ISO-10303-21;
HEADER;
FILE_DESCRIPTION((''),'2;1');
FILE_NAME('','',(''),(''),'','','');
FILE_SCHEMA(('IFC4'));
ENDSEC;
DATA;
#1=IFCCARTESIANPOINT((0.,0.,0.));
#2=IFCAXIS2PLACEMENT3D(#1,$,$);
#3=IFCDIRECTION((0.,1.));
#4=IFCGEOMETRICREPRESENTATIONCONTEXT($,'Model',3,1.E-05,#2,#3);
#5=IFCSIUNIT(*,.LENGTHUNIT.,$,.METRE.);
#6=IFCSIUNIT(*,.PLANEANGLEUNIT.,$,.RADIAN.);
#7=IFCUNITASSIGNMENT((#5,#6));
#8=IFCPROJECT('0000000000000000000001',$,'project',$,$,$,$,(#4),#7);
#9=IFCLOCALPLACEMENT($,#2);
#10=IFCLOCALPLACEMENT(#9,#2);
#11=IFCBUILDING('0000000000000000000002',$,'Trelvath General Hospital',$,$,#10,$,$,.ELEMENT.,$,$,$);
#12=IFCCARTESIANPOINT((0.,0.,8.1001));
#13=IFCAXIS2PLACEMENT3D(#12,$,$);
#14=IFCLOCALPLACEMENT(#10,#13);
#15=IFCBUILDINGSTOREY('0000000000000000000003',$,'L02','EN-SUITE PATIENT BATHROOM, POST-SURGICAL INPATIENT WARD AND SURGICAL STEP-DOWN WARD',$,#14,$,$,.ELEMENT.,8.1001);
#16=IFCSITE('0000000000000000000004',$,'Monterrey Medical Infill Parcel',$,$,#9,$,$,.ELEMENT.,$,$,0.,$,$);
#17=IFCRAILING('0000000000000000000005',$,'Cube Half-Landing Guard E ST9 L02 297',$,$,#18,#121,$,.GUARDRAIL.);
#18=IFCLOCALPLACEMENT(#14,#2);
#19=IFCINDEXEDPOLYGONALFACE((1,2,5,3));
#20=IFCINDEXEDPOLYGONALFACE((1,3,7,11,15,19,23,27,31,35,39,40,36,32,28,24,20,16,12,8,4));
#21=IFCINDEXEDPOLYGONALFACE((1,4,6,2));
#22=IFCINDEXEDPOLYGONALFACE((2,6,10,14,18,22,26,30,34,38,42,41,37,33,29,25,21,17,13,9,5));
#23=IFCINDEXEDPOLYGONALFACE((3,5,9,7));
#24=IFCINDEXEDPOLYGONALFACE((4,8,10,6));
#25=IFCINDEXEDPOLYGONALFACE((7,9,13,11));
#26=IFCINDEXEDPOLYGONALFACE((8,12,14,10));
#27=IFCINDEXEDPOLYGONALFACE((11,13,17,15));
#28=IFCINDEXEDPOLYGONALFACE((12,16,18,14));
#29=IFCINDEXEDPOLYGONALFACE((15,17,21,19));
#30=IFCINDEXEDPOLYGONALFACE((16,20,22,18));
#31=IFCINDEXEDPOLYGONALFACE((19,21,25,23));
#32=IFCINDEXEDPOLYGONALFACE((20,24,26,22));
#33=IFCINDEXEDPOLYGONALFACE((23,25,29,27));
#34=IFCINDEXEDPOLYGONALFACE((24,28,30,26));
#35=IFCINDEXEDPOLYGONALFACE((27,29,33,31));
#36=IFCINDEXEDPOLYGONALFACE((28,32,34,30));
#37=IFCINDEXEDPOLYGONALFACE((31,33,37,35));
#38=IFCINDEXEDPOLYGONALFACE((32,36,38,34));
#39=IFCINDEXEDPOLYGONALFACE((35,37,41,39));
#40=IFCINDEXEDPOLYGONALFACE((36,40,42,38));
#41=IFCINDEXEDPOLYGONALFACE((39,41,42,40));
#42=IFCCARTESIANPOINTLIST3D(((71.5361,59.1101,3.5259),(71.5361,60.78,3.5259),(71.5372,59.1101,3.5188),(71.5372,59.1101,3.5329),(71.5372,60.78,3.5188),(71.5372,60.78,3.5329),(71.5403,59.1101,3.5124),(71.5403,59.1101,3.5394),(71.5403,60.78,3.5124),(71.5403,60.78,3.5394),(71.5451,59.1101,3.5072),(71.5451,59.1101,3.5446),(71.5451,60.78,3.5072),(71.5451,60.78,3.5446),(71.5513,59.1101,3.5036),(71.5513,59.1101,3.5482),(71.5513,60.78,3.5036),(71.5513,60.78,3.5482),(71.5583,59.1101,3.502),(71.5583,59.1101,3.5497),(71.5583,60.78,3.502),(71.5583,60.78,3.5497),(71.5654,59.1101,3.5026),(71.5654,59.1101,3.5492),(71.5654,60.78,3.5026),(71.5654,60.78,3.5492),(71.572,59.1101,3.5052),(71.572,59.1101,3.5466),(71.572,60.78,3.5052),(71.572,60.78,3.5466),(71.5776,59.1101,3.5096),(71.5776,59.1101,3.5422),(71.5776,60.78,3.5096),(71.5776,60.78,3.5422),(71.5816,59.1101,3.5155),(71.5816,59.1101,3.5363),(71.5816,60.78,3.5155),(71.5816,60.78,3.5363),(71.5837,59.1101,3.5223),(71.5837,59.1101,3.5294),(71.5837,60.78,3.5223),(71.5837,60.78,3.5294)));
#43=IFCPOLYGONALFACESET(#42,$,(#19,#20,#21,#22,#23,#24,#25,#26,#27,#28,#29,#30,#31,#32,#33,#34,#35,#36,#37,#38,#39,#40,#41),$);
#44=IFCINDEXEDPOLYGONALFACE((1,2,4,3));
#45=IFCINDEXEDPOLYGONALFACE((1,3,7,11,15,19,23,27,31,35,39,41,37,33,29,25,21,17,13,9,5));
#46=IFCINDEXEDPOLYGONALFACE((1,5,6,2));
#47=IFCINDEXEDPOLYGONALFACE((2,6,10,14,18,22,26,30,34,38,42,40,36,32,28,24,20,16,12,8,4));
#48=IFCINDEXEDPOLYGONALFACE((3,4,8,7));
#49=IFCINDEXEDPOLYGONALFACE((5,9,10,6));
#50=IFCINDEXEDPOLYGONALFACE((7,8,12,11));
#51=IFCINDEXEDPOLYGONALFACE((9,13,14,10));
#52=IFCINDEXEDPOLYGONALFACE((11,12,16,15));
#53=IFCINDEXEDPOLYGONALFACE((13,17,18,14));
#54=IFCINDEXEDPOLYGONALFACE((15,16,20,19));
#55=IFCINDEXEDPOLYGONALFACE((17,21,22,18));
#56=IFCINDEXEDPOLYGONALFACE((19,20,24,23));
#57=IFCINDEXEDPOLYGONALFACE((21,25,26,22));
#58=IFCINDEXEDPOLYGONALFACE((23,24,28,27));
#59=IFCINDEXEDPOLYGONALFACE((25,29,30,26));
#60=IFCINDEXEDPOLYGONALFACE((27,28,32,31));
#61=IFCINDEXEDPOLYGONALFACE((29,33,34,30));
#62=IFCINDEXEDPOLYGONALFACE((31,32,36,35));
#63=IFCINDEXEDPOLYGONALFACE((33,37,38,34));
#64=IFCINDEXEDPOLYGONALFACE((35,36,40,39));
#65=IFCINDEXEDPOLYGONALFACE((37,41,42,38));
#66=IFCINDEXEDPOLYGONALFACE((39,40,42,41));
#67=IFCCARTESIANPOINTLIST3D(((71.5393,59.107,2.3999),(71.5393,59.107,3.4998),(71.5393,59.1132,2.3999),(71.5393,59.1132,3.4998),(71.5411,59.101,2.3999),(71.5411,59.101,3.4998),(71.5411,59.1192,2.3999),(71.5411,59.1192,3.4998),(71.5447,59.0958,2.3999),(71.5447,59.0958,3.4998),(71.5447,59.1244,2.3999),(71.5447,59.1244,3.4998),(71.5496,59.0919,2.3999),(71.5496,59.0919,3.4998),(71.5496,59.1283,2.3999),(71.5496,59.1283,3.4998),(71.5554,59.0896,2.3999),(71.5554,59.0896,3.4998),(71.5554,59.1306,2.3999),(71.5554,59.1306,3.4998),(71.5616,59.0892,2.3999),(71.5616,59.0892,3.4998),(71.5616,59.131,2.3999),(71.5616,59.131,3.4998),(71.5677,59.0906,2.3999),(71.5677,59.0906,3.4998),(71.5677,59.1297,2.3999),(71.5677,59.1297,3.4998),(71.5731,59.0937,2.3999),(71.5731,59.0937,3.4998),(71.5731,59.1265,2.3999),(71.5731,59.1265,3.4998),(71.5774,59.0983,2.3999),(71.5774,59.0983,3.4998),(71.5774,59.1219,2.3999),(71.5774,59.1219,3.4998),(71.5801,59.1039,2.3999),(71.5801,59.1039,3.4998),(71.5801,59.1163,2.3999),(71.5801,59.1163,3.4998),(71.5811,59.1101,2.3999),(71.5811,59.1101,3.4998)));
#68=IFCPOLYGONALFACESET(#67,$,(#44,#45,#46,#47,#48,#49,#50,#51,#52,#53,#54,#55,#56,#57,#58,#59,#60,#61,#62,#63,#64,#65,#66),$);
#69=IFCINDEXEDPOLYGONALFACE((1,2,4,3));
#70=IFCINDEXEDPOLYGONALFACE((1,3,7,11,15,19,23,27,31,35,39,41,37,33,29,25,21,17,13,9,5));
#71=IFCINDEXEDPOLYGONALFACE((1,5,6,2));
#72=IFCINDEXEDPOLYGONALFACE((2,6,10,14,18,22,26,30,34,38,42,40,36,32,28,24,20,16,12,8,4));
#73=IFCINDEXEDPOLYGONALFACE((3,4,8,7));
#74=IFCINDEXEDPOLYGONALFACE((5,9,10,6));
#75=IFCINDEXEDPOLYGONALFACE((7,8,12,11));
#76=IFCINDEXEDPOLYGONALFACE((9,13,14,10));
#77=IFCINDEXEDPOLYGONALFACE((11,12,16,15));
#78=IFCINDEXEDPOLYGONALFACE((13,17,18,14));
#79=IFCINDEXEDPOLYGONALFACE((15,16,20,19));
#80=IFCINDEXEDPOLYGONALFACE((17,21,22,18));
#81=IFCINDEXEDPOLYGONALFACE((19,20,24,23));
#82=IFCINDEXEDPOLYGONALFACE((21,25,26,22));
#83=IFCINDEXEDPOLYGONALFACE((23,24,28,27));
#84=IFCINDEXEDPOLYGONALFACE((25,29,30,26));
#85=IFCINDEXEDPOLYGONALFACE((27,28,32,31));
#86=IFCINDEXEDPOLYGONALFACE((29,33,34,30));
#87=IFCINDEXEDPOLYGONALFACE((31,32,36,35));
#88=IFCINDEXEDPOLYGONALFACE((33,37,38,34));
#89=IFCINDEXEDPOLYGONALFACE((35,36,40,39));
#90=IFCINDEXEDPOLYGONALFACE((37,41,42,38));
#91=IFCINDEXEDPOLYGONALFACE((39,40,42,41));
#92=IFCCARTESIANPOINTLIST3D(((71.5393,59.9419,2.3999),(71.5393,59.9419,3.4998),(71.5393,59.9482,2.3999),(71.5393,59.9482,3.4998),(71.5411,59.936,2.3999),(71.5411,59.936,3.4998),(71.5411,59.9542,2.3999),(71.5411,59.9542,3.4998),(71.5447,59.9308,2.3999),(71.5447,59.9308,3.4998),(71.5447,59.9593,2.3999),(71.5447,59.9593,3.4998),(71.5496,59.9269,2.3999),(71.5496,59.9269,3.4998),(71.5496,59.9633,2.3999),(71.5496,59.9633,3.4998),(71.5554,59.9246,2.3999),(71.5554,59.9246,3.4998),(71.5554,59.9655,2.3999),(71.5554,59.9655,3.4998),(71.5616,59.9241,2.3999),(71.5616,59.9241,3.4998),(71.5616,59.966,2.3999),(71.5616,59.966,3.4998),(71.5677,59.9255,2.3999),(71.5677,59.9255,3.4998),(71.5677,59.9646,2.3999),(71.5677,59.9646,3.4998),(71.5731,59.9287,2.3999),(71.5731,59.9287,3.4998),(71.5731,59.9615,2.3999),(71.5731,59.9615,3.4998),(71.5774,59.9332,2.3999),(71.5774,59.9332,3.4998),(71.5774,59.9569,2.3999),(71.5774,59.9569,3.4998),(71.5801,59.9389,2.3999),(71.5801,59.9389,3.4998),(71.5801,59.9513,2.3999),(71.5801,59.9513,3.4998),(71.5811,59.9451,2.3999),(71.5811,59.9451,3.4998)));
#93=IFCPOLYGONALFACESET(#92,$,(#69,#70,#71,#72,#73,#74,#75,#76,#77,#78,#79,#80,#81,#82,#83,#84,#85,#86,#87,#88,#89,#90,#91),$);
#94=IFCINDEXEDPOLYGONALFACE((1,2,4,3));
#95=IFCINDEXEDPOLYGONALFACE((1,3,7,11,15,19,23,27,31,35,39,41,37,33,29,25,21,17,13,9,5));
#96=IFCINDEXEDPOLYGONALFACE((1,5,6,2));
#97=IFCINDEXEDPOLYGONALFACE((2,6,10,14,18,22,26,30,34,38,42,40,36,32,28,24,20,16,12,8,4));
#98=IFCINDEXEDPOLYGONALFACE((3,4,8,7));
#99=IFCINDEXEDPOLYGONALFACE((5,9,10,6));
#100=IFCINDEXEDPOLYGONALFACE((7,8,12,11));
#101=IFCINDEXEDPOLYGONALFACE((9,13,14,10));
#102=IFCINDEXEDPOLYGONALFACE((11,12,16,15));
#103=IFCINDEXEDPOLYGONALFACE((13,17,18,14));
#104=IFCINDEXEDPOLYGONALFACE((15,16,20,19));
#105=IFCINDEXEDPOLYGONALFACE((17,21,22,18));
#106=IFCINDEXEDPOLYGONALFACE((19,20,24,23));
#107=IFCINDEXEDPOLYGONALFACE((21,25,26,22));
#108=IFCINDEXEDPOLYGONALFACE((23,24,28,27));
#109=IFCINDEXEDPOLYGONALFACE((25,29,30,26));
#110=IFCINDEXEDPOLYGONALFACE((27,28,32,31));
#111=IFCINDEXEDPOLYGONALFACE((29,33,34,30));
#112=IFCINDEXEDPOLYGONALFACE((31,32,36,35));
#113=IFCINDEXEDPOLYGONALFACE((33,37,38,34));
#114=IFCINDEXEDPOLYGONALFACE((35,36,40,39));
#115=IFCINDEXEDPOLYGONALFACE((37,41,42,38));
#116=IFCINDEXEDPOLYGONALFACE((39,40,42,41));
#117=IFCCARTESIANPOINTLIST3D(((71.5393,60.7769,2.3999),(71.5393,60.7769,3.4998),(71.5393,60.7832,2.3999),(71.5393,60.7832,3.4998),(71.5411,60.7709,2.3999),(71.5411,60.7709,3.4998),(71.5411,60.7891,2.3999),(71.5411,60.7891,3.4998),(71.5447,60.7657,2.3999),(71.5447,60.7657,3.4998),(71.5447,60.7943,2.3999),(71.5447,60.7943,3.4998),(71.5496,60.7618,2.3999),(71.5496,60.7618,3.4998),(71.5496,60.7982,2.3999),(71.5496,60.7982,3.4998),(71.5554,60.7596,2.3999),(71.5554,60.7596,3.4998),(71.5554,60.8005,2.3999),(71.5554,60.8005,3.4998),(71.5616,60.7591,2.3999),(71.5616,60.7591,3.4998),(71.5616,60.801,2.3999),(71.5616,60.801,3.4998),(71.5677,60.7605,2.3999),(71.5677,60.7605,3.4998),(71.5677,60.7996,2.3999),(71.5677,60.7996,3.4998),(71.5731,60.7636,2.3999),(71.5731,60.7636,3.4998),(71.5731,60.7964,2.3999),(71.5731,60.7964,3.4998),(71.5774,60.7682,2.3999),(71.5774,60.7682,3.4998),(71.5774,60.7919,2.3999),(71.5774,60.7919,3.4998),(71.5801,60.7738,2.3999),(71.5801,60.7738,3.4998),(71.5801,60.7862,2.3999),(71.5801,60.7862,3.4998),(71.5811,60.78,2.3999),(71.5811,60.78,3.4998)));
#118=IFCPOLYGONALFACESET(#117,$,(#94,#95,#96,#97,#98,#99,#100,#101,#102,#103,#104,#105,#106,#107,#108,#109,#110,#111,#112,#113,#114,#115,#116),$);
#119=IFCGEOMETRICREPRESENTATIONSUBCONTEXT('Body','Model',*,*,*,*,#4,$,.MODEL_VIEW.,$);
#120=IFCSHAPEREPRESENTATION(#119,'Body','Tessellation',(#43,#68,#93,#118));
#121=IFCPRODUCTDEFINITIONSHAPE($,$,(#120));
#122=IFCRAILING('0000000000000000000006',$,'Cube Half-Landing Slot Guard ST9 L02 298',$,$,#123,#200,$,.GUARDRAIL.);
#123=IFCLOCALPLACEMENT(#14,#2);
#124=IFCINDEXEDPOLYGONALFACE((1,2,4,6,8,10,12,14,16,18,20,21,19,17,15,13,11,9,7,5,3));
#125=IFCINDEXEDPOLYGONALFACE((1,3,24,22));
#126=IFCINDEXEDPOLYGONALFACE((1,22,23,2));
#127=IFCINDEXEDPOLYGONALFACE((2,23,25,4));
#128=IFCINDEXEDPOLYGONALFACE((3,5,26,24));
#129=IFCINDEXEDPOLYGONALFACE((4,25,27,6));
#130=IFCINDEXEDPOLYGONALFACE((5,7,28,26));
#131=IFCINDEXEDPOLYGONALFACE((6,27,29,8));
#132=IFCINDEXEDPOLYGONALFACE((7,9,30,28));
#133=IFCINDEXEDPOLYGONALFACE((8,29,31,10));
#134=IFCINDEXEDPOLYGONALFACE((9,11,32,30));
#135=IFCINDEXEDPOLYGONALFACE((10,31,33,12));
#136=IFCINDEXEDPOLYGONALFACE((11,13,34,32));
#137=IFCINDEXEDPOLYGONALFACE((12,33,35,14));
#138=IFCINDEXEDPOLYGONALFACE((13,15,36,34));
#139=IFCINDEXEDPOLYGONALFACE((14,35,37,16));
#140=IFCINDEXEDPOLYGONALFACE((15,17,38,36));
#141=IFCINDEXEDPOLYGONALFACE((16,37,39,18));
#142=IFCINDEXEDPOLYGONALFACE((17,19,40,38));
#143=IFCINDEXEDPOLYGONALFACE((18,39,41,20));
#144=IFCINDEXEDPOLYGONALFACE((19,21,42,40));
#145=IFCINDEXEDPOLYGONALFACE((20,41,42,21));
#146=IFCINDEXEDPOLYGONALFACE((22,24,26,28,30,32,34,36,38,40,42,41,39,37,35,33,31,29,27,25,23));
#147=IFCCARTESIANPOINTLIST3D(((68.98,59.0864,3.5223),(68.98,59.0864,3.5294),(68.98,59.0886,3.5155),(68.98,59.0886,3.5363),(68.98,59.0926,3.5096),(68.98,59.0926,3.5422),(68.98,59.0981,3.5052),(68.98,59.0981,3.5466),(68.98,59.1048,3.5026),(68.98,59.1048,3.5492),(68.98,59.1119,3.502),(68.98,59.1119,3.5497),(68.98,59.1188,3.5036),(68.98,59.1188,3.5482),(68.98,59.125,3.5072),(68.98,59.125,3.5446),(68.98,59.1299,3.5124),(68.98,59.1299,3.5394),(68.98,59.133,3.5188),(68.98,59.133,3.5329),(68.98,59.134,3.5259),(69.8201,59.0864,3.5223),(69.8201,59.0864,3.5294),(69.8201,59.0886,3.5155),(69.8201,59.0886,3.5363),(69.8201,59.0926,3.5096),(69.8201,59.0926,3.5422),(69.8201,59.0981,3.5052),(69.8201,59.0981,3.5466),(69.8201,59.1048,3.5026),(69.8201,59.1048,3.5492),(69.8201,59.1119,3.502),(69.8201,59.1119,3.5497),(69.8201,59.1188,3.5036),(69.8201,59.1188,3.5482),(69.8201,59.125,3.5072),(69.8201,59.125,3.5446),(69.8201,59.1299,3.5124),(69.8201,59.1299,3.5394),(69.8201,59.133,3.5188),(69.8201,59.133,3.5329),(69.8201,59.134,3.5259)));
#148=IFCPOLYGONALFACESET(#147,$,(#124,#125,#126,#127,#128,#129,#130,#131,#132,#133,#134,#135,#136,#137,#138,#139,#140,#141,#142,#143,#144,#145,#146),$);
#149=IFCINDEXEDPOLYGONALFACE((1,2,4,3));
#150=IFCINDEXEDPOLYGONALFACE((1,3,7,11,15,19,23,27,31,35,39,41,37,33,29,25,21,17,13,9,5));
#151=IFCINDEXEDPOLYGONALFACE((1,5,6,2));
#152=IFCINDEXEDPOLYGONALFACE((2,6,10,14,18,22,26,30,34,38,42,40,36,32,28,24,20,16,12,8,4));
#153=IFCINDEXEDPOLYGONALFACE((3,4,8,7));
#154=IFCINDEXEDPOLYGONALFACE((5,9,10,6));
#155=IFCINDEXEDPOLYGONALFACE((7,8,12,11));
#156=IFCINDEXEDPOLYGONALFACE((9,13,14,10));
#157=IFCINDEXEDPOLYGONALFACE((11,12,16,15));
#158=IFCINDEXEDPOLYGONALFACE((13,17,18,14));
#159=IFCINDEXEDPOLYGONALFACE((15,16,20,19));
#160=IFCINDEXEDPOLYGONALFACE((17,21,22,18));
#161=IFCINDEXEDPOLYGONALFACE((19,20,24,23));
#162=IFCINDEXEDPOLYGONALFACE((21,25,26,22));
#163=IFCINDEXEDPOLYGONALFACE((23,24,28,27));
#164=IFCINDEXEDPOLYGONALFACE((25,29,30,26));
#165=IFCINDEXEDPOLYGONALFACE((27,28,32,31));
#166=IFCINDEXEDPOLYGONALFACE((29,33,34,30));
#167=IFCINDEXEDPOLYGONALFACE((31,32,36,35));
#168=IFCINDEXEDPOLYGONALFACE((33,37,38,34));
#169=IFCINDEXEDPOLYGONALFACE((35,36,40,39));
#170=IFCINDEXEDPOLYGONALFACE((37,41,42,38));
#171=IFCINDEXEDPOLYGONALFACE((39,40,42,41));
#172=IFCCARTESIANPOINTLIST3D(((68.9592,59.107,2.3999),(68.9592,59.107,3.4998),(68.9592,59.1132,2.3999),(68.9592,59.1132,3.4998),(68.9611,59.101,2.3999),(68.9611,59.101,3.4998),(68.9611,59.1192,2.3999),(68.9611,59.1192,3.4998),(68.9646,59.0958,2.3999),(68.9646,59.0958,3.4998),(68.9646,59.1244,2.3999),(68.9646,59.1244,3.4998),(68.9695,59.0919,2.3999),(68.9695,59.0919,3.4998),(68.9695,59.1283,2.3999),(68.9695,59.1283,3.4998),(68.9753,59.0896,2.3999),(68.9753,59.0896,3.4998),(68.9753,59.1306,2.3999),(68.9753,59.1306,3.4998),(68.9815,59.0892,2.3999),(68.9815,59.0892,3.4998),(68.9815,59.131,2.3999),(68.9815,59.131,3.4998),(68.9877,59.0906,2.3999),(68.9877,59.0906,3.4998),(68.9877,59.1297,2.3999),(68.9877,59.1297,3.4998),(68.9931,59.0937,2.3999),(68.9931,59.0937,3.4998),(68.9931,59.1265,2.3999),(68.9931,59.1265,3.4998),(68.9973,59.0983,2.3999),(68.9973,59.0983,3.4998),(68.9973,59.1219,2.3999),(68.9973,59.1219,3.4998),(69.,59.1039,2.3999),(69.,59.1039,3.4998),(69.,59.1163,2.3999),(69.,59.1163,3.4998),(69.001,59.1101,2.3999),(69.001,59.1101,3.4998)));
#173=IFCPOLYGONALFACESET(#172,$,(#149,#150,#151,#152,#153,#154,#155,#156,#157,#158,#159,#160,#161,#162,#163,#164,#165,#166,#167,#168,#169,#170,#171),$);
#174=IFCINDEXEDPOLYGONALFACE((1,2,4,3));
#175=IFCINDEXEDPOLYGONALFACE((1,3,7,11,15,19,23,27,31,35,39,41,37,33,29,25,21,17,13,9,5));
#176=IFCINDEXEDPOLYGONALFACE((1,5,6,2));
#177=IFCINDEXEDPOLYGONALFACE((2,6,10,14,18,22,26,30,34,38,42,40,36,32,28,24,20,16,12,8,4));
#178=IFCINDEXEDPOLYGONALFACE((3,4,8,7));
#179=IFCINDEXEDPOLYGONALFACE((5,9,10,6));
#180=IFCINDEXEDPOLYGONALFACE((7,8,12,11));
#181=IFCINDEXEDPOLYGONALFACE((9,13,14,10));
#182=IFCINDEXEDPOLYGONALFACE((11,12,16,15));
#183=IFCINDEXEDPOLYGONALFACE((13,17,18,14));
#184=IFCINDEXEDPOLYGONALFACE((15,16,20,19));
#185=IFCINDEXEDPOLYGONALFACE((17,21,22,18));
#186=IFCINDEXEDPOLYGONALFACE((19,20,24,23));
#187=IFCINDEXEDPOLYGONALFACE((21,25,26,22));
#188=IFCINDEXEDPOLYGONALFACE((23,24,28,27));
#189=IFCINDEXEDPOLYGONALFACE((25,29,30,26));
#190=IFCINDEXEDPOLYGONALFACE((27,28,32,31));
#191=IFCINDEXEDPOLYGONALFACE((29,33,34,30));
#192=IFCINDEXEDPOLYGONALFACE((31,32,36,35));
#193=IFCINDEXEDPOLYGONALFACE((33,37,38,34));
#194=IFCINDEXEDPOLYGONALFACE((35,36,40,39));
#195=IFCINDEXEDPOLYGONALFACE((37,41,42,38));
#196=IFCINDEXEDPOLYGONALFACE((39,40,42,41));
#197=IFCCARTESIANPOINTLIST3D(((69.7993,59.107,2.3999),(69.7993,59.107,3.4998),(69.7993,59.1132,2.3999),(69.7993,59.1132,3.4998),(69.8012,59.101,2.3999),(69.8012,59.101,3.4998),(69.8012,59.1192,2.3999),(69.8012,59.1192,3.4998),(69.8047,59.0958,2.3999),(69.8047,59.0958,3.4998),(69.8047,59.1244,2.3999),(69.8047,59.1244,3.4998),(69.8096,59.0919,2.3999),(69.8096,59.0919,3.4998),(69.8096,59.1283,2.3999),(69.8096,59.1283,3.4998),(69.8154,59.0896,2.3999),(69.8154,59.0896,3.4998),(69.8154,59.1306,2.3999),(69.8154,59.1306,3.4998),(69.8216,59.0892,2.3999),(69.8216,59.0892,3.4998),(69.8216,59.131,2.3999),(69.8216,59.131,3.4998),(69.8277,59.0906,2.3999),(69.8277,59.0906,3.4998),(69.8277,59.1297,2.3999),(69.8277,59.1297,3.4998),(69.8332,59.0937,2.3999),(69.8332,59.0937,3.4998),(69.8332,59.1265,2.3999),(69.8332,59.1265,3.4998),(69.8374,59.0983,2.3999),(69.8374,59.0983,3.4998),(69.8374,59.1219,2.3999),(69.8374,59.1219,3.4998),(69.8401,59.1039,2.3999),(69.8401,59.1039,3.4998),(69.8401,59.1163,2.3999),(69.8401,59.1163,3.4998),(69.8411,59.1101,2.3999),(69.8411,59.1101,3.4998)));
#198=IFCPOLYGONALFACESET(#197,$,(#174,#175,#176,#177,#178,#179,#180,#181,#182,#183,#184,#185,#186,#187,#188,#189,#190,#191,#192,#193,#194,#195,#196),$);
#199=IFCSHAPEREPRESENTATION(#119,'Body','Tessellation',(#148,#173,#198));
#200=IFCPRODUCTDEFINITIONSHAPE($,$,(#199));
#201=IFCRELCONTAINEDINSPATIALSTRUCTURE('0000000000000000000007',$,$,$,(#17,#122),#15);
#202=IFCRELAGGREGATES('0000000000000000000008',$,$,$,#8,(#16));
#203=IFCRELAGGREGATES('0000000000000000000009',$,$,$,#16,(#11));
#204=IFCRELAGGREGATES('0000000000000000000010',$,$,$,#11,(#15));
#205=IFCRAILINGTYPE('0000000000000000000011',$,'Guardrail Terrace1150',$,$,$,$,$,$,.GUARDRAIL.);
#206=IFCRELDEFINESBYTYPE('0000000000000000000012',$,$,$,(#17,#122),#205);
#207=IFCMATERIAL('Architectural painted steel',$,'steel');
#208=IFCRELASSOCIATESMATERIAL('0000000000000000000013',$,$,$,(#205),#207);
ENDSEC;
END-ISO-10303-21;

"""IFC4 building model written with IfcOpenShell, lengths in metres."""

from ifc_helpers import new_model, si_unit, direction, frame, origin, origin_2d, place, context, subcontext, project, spatial, circle, extrude, material, type_object, element, save


model = new_model("IFC4")

# Units and contexts
model_context = context("Model", 3, precision=1e-05, world=origin(), true_north=direction((0.0, 1.0)))
body_context = subcontext(model_context, "Body", "Model", "MODEL_VIEW")
ifc_project = project(units=[si_unit("LENGTHUNIT", "METRE"), si_unit("PLANEANGLEUNIT", "RADIAN")], contexts=[model_context])

# Site, building, storey
site_placement = place(None, origin())
site = spatial("IfcSite", under=ifc_project, at=site_placement, Name="Monterrey Medical Infill Parcel", CompositionType="ELEMENT", RefElevation=0.0)
building_placement = place(site_placement, origin())
building = spatial("IfcBuilding", under=site, at=building_placement, Name="Trelvath General Hospital", CompositionType="ELEMENT")
storey_placement = place(building_placement, frame((0.0, 0.0, 8.1001)))
storey = spatial("IfcBuildingStorey", under=building, at=storey_placement, Name="L02", Description="EN-SUITE PATIENT BATHROOM, POST-SURGICAL INPATIENT WARD AND SURGICAL STEP-DOWN WARD", CompositionType="ELEMENT", Elevation=8.1001)

# Railings
ifc_material_1 = material(Name="Architectural painted steel", Category="steel")
railing_type_1 = type_object("IfcRailingType", Name="Guardrail Terrace1150", PredefinedType="GUARDRAIL", material=ifc_material_1)
railing_1_placement = place(storey_placement, frame((71.5601, 59.1101, 2.3999)))
element("IfcRailing", 1, at=railing_1_placement, inside=storey, type_object=railing_type_1, Name="Cube Half-Landing Guard E ST9 L02 297", PredefinedType="GUARDRAIL", context=body_context, shape_type="SweptSolid", body=[
    extrude(circle(Radius=0.0239, at=origin_2d()), frame((0.0, 0.0, 1.126), z_axis=(0.0, 1.0, 0.0), x_axis=(-1.0, 0.0, 0.0)), (0.0, 0.0, 1.0), 1.6699),
    extrude(circle(Radius=0.021, at=origin_2d()), origin(), (0.0, 0.0, 1.0), 1.0999),
    extrude(circle(Radius=0.021, at=origin_2d()), frame((0.0, 0.835, 0.0)), (0.0, 0.0, 1.0), 1.0999),
    extrude(circle(Radius=0.021, at=origin_2d()), frame((0.0, 1.6699, 0.0)), (0.0, 0.0, 1.0), 1.0999),
])
railing_2_placement = place(storey_placement, frame((68.98, 59.1101, 2.3999)))
element("IfcRailing", 2, at=railing_2_placement, inside=storey, type_object=railing_type_1, Name="Cube Half-Landing Slot Guard ST9 L02 298", PredefinedType="GUARDRAIL", context=body_context, shape_type="SweptSolid", body=[
    extrude(circle(Radius=0.0239, at=origin_2d()), frame((0.0, 0.0, 1.126), z_axis=(1.0, 0.0, 0.0), x_axis=(0.0, 1.0, 0.0)), (0.0, 0.0, 1.0), 0.8401),
    extrude(circle(Radius=0.021, at=origin_2d()), origin(), (0.0, 0.0, 1.0), 1.0999),
    extrude(circle(Radius=0.021, at=origin_2d()), frame((0.8401, 0.0, 0.0)), (0.0, 0.0, 1.0), 1.0999),
])

save(model, "model.ifc")
